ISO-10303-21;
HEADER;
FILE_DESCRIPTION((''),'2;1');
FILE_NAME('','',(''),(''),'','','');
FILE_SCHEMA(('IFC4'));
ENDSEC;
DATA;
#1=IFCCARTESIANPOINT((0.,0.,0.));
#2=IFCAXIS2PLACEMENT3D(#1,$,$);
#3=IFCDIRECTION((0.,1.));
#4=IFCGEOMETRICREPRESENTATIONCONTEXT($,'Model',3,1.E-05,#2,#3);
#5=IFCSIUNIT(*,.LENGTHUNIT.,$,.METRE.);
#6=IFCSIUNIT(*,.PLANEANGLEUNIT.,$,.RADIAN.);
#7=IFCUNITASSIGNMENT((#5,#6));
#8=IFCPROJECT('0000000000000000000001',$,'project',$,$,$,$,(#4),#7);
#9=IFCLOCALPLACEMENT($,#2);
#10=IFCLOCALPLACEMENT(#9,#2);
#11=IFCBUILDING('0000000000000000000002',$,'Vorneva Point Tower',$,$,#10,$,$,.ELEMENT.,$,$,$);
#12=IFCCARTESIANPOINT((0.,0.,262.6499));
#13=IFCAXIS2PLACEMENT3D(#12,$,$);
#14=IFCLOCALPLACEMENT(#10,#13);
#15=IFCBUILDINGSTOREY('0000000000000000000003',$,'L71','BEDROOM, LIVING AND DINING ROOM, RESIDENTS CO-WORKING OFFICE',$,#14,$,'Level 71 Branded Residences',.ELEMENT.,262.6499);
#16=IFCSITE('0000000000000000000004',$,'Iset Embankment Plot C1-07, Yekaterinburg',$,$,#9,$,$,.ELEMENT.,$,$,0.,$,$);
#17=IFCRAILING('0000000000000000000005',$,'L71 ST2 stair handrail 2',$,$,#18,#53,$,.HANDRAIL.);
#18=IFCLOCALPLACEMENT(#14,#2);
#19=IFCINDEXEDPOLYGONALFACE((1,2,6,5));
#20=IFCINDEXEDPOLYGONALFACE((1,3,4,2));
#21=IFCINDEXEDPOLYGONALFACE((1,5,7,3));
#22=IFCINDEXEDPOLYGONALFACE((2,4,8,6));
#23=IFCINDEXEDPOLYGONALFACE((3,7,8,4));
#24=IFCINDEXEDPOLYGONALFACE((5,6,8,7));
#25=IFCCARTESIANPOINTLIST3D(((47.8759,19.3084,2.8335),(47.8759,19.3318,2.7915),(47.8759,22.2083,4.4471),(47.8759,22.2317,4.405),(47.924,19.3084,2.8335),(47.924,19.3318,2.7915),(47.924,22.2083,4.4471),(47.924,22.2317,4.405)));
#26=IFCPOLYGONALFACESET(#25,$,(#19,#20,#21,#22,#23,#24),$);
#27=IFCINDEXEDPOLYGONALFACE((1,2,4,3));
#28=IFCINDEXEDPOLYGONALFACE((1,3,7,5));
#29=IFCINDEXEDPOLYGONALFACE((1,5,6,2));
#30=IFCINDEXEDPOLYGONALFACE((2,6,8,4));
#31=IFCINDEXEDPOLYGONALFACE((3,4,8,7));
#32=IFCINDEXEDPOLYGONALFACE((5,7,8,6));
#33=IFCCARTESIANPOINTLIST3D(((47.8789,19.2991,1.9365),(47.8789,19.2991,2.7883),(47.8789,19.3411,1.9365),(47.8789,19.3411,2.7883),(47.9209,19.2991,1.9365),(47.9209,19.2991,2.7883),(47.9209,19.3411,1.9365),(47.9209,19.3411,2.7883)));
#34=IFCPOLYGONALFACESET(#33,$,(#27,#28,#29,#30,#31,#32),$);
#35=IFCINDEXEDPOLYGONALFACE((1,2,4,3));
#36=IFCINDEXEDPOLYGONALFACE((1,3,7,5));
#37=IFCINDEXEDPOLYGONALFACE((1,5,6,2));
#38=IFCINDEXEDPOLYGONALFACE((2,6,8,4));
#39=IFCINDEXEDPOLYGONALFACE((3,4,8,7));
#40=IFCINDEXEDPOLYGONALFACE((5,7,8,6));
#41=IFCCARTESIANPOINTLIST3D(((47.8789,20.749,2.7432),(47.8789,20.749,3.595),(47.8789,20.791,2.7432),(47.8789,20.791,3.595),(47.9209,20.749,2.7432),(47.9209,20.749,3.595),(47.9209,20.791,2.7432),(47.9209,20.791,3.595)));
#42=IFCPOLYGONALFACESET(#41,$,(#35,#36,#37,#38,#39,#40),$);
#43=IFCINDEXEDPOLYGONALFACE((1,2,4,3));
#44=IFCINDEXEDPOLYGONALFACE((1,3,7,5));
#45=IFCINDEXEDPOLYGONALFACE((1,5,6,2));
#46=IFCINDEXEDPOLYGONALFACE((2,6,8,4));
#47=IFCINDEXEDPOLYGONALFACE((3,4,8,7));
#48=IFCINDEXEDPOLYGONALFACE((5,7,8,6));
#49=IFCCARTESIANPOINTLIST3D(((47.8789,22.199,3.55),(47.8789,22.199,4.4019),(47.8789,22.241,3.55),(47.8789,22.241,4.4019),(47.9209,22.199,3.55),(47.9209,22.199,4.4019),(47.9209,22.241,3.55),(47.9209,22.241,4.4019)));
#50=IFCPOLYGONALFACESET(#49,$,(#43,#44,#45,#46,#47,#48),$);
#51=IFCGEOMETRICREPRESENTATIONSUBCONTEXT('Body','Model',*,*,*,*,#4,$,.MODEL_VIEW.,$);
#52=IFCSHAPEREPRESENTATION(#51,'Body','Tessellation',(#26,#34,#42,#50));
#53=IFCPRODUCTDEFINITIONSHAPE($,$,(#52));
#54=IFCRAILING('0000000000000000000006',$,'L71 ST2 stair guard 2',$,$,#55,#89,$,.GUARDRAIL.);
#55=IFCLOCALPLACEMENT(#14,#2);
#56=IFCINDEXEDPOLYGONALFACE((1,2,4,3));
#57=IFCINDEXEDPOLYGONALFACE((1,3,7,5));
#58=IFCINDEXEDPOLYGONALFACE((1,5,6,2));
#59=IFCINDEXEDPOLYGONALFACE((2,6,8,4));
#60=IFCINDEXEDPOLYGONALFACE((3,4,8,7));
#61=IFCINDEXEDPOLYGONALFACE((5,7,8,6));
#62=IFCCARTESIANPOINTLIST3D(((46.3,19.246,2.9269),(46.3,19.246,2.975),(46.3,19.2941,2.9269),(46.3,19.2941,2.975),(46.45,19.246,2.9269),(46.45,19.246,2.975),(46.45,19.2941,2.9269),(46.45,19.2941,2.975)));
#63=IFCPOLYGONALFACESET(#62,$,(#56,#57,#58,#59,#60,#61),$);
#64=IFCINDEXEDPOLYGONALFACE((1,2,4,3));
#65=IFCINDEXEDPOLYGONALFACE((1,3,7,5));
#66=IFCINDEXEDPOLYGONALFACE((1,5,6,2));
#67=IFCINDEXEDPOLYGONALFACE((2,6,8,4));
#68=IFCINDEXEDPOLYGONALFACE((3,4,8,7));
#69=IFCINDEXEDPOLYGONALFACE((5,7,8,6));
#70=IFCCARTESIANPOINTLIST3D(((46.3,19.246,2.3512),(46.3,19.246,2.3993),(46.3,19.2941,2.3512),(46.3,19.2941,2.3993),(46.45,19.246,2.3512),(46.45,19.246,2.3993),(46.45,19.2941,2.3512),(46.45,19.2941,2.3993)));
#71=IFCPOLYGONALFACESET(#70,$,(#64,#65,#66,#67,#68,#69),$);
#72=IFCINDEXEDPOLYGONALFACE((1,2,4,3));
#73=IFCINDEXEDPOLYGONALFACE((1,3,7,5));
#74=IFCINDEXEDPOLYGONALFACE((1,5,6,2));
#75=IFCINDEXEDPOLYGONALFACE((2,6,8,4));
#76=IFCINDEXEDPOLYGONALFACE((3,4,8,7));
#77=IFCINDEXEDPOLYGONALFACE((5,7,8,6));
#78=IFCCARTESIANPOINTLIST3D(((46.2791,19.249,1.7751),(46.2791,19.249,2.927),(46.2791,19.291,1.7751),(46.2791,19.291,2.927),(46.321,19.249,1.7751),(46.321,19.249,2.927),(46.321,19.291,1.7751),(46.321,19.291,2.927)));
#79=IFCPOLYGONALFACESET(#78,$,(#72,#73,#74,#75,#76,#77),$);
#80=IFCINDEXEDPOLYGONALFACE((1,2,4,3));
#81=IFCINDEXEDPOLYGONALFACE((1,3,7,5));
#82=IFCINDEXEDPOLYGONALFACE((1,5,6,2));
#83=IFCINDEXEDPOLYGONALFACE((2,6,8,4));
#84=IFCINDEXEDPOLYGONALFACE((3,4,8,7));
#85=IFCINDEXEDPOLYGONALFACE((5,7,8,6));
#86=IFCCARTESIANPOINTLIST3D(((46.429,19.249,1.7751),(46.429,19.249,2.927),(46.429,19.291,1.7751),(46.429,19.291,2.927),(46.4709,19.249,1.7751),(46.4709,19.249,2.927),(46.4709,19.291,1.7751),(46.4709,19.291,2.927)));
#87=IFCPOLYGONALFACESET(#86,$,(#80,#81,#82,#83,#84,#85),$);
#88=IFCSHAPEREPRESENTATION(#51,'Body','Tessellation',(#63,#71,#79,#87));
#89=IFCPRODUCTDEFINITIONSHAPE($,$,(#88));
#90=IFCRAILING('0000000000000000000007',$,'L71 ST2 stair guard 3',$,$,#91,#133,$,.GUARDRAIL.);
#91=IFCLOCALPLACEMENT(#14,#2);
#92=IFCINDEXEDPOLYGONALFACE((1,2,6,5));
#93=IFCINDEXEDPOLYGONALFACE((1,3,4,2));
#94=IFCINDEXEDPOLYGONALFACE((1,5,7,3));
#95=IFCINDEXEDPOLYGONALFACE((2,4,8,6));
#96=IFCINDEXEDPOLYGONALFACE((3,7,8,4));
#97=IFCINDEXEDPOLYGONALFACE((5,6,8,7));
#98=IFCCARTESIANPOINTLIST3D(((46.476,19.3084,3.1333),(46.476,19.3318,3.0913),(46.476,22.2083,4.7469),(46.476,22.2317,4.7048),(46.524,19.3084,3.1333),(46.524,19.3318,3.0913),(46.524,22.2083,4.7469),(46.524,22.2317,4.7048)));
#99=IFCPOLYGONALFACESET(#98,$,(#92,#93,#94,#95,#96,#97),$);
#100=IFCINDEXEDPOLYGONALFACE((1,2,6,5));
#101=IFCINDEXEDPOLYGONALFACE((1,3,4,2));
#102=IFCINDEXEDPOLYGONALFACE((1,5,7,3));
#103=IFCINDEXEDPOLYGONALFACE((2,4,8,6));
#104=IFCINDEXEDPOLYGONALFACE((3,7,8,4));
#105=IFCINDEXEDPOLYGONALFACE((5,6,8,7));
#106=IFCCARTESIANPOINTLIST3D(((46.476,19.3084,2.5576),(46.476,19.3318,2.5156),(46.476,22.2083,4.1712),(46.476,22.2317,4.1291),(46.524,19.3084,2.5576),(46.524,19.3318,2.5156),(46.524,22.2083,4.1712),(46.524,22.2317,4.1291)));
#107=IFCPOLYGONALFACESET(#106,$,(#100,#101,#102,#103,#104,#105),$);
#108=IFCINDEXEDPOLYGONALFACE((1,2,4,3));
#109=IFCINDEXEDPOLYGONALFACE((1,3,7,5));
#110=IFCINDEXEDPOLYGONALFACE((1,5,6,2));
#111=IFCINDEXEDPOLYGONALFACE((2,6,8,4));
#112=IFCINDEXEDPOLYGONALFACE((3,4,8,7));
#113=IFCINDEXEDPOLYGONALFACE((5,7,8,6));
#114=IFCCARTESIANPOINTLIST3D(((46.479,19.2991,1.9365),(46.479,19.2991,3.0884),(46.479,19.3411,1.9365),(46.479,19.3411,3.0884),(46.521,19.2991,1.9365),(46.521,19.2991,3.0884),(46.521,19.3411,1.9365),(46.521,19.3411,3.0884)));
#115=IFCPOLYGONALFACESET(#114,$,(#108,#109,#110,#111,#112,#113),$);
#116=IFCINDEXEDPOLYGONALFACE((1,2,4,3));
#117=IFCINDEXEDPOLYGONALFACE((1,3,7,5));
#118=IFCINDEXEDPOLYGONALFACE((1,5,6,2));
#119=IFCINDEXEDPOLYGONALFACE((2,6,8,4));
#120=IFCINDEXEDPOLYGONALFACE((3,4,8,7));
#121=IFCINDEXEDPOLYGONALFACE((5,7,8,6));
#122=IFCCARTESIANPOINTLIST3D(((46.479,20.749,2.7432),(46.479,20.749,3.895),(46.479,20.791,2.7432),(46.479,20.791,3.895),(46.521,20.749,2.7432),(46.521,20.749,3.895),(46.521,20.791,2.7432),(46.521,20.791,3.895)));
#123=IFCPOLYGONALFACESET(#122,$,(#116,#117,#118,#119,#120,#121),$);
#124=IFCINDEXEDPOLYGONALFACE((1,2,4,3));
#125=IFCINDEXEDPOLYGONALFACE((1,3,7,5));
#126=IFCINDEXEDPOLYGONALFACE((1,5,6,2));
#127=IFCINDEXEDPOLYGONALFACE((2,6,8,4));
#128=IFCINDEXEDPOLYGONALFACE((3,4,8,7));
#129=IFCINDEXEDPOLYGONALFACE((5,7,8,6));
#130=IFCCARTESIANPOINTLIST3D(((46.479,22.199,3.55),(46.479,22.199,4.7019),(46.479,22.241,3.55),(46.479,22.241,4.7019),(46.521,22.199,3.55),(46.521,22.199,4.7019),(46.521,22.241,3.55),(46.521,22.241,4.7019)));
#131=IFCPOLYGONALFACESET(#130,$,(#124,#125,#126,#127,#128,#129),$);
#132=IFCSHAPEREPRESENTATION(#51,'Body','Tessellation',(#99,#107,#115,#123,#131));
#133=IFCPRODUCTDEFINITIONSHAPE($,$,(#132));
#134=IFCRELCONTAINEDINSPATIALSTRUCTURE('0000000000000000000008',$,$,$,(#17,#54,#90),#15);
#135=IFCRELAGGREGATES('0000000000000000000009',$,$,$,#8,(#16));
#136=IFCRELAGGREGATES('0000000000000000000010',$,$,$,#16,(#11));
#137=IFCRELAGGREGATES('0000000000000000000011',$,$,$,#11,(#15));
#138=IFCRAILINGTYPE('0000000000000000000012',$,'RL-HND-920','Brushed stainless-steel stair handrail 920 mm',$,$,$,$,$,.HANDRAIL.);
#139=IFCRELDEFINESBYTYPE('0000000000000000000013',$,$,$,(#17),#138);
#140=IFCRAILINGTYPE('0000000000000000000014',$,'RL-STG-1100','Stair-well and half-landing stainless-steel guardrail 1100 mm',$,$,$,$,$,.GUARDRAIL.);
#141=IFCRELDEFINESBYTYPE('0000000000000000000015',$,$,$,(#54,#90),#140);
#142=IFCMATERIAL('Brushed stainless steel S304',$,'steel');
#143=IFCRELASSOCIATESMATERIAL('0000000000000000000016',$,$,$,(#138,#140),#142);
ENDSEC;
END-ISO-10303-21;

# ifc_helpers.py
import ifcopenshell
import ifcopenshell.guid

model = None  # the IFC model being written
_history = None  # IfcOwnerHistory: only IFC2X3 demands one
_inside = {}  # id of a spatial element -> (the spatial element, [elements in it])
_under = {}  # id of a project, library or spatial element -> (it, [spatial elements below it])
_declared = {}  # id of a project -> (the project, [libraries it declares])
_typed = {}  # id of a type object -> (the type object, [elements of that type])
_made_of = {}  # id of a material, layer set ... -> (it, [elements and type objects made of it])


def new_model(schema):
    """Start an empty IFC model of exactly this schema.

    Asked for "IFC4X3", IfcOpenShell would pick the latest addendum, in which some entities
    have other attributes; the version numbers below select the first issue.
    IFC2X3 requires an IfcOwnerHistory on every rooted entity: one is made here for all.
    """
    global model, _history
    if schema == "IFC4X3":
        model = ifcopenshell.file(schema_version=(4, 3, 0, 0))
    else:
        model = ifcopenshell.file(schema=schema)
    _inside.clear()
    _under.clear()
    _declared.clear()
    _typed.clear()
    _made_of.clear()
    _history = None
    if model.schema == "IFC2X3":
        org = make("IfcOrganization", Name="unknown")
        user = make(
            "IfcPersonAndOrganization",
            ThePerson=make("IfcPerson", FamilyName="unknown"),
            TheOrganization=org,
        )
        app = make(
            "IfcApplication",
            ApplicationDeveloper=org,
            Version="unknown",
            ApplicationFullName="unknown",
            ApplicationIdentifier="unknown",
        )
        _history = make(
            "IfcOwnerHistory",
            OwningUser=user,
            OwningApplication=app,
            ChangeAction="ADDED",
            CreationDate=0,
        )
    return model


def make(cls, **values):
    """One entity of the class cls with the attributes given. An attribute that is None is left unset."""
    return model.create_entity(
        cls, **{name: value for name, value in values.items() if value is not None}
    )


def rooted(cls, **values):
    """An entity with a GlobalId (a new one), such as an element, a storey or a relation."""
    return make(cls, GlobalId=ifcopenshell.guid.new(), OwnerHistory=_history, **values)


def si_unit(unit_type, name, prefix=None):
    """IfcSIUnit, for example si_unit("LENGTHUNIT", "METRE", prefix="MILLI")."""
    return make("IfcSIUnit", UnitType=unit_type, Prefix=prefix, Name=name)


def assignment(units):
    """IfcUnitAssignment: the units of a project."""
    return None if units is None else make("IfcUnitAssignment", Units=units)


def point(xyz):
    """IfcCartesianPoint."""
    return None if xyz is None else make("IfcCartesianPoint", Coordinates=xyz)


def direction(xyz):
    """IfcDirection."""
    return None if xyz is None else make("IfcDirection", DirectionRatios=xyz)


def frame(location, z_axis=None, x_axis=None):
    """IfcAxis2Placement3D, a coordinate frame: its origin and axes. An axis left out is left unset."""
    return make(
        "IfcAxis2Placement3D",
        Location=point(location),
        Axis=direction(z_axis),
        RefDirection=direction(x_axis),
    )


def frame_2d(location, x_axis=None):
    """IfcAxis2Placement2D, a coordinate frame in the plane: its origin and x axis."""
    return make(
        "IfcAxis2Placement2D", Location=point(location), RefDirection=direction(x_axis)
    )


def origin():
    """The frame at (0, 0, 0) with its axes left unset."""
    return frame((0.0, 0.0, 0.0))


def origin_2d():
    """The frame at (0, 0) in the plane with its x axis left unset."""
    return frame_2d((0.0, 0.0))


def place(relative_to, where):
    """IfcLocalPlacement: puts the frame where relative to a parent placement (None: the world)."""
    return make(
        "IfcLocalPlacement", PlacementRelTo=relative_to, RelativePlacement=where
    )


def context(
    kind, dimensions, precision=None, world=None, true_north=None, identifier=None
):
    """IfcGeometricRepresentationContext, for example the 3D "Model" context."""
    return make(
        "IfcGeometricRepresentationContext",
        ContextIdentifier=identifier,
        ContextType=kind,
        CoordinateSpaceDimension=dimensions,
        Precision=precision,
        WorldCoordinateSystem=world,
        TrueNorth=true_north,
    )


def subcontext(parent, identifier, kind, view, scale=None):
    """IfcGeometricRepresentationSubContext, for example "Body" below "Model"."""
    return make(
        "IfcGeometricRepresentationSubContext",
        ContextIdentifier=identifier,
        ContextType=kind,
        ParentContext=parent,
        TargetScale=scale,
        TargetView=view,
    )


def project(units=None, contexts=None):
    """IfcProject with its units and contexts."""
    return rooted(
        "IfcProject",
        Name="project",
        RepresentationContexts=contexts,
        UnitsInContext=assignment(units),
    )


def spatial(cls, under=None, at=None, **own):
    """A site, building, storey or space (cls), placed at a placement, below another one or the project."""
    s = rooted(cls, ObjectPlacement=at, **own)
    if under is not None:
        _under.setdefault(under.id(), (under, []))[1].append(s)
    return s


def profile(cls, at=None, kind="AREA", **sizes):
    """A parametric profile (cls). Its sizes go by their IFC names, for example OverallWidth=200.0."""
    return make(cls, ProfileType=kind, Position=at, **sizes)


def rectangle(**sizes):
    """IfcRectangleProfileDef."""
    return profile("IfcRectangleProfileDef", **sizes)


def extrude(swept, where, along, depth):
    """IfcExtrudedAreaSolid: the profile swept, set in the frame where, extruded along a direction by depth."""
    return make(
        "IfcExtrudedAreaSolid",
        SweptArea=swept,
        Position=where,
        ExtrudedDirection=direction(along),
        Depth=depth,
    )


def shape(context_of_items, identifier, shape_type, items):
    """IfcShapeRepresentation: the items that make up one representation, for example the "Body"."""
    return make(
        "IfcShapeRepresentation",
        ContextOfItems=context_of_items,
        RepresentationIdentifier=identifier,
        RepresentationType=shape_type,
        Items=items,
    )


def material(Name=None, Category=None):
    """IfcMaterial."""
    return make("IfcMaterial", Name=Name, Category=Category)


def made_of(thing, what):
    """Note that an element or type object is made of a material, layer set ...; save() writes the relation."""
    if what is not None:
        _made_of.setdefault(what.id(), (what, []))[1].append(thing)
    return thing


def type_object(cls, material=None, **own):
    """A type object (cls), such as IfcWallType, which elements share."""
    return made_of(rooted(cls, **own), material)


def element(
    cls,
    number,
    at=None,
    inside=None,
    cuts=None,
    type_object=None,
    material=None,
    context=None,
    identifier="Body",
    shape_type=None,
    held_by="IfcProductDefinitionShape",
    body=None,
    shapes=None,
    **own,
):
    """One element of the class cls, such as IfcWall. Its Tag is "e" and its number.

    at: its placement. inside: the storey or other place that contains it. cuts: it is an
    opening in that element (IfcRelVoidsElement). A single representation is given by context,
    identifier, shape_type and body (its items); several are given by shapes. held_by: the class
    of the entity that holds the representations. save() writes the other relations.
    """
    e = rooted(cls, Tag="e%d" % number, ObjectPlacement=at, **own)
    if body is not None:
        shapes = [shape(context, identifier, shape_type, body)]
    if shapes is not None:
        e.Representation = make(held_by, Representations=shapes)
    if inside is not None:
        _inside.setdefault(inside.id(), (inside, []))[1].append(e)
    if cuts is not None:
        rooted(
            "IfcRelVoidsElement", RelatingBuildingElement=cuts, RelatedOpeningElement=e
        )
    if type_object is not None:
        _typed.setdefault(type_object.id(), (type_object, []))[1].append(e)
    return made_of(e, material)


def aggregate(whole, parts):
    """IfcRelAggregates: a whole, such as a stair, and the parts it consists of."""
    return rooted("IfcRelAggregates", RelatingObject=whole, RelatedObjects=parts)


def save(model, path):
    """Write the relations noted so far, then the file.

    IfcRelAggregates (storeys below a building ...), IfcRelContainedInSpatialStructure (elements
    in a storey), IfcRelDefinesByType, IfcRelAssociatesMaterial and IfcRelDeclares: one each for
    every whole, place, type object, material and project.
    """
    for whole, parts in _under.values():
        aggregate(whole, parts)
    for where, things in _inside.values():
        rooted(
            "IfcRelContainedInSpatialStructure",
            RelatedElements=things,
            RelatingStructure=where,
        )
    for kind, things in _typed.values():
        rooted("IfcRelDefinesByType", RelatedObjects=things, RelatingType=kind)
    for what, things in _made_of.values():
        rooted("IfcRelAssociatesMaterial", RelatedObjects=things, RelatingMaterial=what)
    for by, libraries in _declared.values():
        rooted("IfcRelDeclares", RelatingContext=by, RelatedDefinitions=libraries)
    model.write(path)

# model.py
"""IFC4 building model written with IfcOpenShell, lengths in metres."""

from ifc_helpers import new_model, si_unit, direction, frame, origin, origin_2d, place, context, subcontext, project, spatial, rectangle, extrude, material, type_object, element, save


model = new_model("IFC4")

# Units and contexts
model_context = context("Model", 3, precision=1e-05, world=origin(), true_north=direction((0.0, 1.0)))
body_context = subcontext(model_context, "Body", "Model", "MODEL_VIEW")
ifc_project = project(units=[si_unit("LENGTHUNIT", "METRE"), si_unit("PLANEANGLEUNIT", "RADIAN")], contexts=[model_context])

# Site, building, storey
site_placement = place(None, origin())
site = spatial("IfcSite", under=ifc_project, at=site_placement, Name="Iset Embankment Plot C1-07, Yekaterinburg", CompositionType="ELEMENT", RefElevation=0.0)
building_placement = place(site_placement, origin())
building = spatial("IfcBuilding", under=site, at=building_placement, Name="Vorneva Point Tower", CompositionType="ELEMENT")
storey_placement = place(building_placement, frame((0.0, 0.0, 262.6499)))
storey = spatial("IfcBuildingStorey", under=building, at=storey_placement, Name="L71", Description="BEDROOM, LIVING AND DINING ROOM, RESIDENTS CO-WORKING OFFICE", LongName="Level 71 Branded Residences", CompositionType="ELEMENT", Elevation=262.6499)

# Railings
ifc_material_1 = material(Name="Brushed stainless steel S304", Category="steel")
railing_type_1 = type_object("IfcRailingType", Name="RL-HND-920", Description="Brushed stainless-steel stair handrail 920 mm", PredefinedType="HANDRAIL", material=ifc_material_1)
railing_1_placement = place(storey_placement, frame((47.8999, 19.3201, 1.9365)))
element("IfcRailing", 1, at=railing_1_placement, inside=storey, type_object=railing_type_1, Name="L71 ST2 stair handrail 2", PredefinedType="HANDRAIL", context=body_context, shape_type="SweptSolid", body=[
    extrude(rectangle(XDim=0.0481, YDim=0.0481, at=origin_2d()), frame((0.0, 0.0, 0.876), z_axis=(0.0, 0.873841, 0.486211), x_axis=(-1.0, 0.0, 0.0)), (0.0, 0.0, 1.0), 3.3186),
    extrude(rectangle(XDim=0.042, YDim=0.042, at=origin_2d()), origin(), (0.0, 0.0, 1.0), 0.8518),
    extrude(rectangle(XDim=0.042, YDim=0.042, at=origin_2d()), frame((0.0, 1.45, 0.8066)), (0.0, 0.0, 1.0), 0.8518),
    extrude(rectangle(XDim=0.042, YDim=0.042, at=origin_2d()), frame((0.0, 2.8999, 1.6135)), (0.0, 0.0, 1.0), 0.8518),
])
railing_type_2 = type_object("IfcRailingType", Name="RL-STG-1100", Description="Stair-well and half-landing stainless-steel guardrail 1100 mm", PredefinedType="GUARDRAIL", material=ifc_material_1)
railing_2_placement = place(storey_placement, frame((46.3, 19.27, 1.7751)))
element("IfcRailing", 2, at=railing_2_placement, inside=storey, type_object=railing_type_2, Name="L71 ST2 stair guard 2", PredefinedType="GUARDRAIL", context=body_context, shape_type="SweptSolid", body=[
    extrude(rectangle(XDim=0.0481, YDim=0.0481, at=origin_2d()), frame((0.0, 0.0, 1.1758), z_axis=(1.0, 0.0, 0.0), x_axis=(0.0, 1.0, 0.0)), (0.0, 0.0, 1.0), 0.1499),
    extrude(rectangle(XDim=0.0481, YDim=0.0481, at=origin_2d()), frame((0.0, 0.0, 0.6001), z_axis=(1.0, 0.0, 0.0), x_axis=(0.0, 1.0, 0.0)), (0.0, 0.0, 1.0), 0.1499),
    extrude(rectangle(XDim=0.042, YDim=0.042, at=origin_2d()), origin(), (0.0, 0.0, 1.0), 1.1519),
    extrude(rectangle(XDim=0.042, YDim=0.042, at=origin_2d()), frame((0.1499, 0.0, 0.0)), (0.0, 0.0, 1.0), 1.1519),
])
railing_3_placement = place(storey_placement, frame((46.5, 19.3201, 1.9365)))
element("IfcRailing", 3, at=railing_3_placement, inside=storey, type_object=railing_type_2, Name="L71 ST2 stair guard 3", PredefinedType="GUARDRAIL", context=body_context, shape_type="SweptSolid", body=[
    extrude(rectangle(XDim=0.0481, YDim=0.0481, at=origin_2d()), frame((0.0, 0.0, 1.1758), z_axis=(0.0, 0.873841, 0.486211), x_axis=(-1.0, 0.0, 0.0)), (0.0, 0.0, 1.0), 3.3186),
    extrude(rectangle(XDim=0.0481, YDim=0.0481, at=origin_2d()), frame((0.0, 0.0, 0.6001), z_axis=(0.0, 0.873841, 0.486211), x_axis=(-1.0, 0.0, 0.0)), (0.0, 0.0, 1.0), 3.3186),
    extrude(rectangle(XDim=0.042, YDim=0.042, at=origin_2d()), origin(), (0.0, 0.0, 1.0), 1.1519),
    extrude(rectangle(XDim=0.042, YDim=0.042, at=origin_2d()), frame((0.0, 1.45, 0.8066)), (0.0, 0.0, 1.0), 1.1519),
    extrude(rectangle(XDim=0.042, YDim=0.042, at=origin_2d()), frame((0.0, 2.8999, 1.6135)), (0.0, 0.0, 1.0), 1.1519),
])

save(model, "model.ifc")
